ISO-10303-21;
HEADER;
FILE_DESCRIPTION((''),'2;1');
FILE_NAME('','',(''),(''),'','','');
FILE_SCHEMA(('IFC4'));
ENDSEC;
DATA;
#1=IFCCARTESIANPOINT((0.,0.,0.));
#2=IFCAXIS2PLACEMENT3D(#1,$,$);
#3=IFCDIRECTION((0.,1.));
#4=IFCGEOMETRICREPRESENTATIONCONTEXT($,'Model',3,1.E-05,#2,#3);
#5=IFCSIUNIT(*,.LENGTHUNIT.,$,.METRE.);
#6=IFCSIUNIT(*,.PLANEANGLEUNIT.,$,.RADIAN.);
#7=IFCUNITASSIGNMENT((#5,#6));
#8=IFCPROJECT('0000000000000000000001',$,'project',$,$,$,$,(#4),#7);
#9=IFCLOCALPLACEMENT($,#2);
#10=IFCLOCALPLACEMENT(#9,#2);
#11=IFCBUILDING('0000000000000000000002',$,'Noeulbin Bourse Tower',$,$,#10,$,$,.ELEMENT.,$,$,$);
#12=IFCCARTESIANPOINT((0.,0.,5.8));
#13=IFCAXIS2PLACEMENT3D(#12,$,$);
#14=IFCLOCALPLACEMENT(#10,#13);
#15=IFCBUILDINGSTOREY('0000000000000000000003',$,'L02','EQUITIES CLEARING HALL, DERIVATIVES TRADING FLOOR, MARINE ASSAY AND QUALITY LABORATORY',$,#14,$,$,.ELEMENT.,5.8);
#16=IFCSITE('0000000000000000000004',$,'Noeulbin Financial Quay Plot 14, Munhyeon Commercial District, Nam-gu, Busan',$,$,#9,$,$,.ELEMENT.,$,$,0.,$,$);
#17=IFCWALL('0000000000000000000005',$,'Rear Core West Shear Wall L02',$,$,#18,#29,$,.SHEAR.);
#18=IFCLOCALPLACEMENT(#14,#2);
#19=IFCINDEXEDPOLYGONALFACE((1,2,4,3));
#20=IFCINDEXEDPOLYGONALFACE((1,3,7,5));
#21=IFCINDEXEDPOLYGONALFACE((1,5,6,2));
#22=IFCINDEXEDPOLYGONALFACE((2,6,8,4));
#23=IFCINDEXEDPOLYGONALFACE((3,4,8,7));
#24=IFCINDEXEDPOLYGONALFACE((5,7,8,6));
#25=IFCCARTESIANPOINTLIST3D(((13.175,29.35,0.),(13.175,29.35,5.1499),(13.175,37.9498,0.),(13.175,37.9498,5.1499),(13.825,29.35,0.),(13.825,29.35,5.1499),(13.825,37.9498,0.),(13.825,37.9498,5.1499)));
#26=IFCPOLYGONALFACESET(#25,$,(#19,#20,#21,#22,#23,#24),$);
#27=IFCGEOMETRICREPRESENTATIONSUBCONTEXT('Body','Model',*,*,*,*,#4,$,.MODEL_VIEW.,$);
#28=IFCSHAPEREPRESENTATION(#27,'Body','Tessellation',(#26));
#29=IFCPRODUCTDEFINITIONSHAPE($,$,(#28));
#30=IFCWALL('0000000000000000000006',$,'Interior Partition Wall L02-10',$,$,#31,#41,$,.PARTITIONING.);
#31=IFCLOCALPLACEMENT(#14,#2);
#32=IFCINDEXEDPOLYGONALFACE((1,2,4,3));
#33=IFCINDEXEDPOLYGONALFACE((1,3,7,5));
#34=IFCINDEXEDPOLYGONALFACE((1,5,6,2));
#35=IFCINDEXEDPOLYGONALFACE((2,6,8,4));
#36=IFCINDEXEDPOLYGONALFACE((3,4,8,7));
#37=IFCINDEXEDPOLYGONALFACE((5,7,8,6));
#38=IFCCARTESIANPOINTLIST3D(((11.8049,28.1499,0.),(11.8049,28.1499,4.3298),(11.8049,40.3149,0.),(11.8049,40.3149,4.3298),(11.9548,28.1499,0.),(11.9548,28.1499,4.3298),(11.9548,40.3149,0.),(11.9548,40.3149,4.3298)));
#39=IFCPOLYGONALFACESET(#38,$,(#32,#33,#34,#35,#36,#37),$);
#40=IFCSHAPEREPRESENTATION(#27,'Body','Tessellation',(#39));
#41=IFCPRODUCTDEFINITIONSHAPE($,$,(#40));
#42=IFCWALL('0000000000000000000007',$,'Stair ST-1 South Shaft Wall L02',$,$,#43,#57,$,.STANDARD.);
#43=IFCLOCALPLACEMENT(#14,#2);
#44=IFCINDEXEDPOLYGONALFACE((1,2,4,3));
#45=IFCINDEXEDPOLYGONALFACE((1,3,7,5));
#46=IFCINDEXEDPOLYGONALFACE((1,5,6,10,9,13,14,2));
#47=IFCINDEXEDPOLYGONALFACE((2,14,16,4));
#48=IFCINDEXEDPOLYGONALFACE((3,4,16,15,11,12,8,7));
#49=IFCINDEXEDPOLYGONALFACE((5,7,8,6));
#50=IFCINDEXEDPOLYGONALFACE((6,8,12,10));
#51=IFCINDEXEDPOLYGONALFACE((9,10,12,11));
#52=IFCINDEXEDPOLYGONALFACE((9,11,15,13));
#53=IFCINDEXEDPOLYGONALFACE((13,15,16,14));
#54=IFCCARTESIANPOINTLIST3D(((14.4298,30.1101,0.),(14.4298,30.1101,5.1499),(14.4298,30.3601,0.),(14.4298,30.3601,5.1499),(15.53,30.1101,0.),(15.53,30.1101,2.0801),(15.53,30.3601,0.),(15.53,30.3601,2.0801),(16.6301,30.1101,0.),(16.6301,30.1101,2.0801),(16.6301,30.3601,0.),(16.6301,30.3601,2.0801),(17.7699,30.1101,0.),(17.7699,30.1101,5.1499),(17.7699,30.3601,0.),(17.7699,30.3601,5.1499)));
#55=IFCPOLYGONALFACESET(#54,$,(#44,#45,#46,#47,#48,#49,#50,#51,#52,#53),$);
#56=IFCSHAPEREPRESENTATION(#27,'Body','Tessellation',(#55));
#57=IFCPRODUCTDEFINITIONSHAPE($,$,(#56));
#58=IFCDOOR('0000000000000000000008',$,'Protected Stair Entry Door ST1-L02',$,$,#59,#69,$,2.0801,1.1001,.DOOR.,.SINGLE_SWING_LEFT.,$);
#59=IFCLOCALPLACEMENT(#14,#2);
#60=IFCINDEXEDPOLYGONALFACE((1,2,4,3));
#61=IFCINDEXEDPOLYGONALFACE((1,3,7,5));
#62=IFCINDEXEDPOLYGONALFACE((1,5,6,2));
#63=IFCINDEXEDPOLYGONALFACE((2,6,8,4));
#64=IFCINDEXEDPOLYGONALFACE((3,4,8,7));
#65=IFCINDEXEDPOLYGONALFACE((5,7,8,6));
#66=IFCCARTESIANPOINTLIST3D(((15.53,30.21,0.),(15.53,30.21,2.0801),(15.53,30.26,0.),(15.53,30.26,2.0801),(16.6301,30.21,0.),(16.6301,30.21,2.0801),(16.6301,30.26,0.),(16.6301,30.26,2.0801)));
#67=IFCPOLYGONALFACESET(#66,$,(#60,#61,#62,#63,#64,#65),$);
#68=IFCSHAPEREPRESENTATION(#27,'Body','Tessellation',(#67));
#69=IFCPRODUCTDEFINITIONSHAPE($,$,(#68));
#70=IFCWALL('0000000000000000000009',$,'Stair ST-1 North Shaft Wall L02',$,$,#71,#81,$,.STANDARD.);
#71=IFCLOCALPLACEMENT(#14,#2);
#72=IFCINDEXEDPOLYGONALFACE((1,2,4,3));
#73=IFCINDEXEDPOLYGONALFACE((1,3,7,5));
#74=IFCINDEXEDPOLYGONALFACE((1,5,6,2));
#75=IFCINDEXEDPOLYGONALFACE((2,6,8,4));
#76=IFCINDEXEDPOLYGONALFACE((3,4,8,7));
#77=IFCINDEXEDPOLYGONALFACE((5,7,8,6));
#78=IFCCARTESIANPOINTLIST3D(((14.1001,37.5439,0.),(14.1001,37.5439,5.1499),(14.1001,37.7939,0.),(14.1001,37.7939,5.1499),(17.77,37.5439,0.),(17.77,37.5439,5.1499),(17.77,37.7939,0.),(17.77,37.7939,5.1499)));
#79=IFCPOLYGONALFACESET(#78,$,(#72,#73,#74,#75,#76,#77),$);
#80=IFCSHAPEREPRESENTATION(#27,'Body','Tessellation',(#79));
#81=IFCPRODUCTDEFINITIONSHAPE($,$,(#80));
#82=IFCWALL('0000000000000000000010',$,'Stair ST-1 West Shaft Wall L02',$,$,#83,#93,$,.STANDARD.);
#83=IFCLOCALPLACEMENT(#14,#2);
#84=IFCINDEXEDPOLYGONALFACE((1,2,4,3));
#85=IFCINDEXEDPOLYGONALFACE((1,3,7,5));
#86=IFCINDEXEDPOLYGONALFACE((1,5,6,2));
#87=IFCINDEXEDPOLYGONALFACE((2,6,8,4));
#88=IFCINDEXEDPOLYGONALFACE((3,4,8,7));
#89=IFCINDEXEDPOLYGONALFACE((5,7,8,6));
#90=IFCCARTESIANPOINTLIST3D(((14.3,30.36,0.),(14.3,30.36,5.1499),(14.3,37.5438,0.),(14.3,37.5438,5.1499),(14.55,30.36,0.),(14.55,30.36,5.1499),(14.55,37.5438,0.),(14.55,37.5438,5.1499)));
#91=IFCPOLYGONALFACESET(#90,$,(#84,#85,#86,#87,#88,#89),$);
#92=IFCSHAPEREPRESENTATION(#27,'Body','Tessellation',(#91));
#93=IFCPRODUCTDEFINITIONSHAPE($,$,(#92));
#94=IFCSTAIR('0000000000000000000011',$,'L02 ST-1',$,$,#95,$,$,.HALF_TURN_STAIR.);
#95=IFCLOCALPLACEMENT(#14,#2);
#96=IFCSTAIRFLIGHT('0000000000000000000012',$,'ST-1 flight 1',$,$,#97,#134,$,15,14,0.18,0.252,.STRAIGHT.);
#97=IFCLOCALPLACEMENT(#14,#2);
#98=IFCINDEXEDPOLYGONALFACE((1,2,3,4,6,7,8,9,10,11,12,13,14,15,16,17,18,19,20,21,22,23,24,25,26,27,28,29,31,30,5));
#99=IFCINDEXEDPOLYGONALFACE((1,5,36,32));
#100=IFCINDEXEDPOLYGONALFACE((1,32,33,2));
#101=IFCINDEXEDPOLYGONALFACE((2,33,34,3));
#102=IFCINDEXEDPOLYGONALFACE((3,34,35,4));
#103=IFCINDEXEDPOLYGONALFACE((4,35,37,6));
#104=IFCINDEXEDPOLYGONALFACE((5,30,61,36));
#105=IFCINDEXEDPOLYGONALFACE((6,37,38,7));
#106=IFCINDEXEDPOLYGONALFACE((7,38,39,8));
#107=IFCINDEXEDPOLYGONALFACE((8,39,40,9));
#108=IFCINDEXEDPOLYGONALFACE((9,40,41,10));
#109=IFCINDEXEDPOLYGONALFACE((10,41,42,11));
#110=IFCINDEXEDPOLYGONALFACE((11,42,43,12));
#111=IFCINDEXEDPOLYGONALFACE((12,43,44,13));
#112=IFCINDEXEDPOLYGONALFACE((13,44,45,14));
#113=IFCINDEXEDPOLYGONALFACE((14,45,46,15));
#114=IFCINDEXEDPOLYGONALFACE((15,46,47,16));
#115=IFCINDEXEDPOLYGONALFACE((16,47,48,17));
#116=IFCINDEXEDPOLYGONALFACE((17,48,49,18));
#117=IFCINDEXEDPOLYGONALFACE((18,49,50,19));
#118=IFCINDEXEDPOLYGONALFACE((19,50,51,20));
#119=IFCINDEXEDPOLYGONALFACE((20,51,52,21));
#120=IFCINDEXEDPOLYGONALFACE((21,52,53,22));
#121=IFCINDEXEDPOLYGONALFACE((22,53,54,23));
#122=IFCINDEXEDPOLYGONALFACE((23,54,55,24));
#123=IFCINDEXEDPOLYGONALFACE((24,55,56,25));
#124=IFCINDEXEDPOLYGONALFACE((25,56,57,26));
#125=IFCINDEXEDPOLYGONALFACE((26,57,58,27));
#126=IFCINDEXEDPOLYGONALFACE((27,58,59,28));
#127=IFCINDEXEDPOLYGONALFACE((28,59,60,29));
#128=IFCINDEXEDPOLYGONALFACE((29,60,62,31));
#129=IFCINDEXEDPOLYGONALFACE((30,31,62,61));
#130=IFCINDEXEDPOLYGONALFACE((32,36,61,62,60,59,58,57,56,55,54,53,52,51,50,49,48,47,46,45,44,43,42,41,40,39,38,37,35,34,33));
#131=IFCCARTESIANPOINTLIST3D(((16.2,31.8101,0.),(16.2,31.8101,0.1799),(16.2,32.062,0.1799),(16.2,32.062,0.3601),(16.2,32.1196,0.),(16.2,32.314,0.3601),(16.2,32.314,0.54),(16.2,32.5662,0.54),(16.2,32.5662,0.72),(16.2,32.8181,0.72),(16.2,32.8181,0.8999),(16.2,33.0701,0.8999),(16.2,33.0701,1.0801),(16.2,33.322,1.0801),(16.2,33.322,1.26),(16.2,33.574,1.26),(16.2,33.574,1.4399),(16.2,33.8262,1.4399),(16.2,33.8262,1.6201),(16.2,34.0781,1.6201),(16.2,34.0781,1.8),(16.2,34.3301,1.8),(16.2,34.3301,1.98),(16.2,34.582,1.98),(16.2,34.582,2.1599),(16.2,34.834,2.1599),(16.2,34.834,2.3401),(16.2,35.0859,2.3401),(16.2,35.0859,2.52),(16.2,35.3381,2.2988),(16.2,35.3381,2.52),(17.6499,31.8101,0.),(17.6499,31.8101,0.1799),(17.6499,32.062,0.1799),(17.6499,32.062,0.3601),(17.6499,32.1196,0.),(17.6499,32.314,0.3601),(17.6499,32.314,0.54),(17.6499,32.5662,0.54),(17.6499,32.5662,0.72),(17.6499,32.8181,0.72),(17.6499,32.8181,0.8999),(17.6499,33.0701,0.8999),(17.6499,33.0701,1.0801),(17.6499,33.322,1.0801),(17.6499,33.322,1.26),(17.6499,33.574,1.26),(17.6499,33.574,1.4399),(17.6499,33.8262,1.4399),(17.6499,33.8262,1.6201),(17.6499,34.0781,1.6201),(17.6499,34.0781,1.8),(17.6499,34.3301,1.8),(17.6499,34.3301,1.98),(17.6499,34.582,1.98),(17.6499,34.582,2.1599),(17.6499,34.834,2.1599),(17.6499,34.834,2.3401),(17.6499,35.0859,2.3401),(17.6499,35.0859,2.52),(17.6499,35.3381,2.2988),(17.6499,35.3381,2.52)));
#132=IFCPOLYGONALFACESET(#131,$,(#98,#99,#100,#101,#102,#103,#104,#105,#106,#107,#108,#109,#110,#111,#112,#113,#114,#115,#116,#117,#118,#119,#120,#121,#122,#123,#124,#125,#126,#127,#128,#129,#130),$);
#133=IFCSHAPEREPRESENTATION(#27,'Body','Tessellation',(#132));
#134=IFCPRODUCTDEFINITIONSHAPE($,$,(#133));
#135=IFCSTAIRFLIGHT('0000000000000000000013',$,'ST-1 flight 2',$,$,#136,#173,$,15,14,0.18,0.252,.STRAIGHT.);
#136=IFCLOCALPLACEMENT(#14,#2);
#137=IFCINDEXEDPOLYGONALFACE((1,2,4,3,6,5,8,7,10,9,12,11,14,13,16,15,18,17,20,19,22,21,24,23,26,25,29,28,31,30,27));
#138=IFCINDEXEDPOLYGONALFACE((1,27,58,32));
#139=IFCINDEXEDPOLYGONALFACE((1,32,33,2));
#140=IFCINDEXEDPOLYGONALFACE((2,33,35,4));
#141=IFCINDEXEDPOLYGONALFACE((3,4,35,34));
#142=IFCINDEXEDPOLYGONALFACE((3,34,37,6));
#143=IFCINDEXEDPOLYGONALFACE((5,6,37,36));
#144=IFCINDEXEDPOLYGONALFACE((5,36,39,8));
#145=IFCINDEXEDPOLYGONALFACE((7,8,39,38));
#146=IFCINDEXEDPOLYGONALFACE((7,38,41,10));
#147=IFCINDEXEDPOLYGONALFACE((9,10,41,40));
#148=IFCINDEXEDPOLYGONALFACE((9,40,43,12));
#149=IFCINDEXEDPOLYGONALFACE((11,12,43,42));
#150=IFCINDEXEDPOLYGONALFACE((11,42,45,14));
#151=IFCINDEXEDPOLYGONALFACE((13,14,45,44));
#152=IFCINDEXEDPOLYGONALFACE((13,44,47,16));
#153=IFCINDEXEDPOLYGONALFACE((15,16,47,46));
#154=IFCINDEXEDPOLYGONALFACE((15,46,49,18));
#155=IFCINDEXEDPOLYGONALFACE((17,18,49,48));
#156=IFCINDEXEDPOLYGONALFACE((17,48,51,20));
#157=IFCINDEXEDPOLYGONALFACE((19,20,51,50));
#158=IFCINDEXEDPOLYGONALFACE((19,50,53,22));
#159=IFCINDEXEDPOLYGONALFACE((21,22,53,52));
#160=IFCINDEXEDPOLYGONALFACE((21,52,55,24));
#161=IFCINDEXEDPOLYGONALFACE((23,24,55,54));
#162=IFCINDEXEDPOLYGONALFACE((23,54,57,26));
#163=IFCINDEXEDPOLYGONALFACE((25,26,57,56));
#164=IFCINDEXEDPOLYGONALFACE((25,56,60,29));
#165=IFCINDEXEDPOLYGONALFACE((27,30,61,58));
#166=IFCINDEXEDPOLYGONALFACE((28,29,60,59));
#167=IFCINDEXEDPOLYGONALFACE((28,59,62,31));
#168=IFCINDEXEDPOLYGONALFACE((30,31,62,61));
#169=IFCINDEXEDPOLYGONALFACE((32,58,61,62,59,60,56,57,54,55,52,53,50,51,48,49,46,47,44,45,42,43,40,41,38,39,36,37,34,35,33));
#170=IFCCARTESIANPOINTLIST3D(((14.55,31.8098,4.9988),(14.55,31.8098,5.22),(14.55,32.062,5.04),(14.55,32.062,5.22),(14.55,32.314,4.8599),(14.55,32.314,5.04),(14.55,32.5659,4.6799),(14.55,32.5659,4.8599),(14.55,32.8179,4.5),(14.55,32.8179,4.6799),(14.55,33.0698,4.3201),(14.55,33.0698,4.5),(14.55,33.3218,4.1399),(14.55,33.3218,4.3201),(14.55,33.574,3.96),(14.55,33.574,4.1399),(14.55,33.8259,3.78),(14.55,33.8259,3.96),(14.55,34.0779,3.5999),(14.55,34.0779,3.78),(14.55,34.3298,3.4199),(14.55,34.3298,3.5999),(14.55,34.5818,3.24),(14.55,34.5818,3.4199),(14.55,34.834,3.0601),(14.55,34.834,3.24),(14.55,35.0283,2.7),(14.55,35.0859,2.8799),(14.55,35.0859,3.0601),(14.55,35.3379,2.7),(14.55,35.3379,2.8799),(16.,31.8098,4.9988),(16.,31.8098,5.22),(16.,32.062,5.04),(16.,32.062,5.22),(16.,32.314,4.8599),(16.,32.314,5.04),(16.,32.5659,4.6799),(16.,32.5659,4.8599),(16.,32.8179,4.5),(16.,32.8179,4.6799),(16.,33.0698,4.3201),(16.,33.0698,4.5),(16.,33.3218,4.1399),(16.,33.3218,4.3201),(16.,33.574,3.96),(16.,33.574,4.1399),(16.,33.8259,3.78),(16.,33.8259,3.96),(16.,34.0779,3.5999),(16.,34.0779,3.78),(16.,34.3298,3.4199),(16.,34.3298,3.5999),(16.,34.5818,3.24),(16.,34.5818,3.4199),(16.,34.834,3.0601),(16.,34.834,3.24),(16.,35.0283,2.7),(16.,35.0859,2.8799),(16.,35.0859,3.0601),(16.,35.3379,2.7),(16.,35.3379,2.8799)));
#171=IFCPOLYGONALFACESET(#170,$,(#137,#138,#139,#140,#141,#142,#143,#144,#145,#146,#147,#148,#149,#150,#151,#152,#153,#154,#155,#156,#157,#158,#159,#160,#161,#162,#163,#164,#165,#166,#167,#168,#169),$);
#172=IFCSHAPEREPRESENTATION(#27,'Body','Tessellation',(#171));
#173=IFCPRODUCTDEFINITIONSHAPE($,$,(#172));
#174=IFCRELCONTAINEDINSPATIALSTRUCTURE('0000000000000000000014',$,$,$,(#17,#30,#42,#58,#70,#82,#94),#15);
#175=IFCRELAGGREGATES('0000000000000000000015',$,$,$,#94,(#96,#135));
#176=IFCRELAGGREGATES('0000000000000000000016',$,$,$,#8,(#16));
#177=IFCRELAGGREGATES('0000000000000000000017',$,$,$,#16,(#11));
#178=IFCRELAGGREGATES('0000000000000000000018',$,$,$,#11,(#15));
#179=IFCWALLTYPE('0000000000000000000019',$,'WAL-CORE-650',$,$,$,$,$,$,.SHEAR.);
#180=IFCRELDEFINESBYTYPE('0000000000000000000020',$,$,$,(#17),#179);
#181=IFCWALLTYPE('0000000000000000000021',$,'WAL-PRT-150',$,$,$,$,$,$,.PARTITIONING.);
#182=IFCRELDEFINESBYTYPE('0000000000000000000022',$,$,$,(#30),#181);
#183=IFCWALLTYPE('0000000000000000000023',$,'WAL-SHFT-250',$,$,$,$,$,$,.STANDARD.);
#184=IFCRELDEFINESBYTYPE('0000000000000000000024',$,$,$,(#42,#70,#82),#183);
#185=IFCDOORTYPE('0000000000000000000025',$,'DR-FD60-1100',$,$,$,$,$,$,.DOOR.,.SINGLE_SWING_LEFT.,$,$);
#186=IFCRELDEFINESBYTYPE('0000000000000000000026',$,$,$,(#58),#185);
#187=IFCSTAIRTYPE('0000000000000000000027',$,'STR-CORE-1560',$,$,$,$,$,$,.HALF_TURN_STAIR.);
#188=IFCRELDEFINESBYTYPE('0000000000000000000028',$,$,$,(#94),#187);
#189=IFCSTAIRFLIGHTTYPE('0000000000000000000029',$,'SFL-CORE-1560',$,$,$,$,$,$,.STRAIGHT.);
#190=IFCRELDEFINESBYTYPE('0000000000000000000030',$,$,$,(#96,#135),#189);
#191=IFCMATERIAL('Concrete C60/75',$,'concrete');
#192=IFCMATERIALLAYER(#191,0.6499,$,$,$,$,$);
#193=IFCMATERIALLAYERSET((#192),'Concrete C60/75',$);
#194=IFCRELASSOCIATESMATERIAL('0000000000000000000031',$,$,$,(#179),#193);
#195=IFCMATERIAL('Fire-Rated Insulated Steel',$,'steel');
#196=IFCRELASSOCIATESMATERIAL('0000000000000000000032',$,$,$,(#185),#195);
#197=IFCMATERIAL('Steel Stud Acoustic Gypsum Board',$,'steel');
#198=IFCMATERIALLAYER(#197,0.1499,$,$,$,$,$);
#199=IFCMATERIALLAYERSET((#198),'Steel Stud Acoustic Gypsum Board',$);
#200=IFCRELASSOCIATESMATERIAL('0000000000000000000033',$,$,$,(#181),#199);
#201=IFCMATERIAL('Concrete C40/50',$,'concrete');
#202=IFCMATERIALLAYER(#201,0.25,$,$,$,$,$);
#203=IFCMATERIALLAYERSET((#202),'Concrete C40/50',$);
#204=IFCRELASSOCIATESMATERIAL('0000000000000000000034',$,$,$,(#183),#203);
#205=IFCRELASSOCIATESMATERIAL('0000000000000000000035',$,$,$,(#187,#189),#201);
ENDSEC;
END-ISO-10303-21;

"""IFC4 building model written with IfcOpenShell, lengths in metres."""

from ifc_helpers import new_model, si_unit, direction, frame, frame_2d, origin, place, context, subcontext, project, spatial, polyline, rectangle, outline, extrude, material, layer, layer_set, type_object, element, fill, aggregate, save


model = new_model("IFC4")

# Units and contexts
model_context = context("Model", 3, precision=1e-05, world=origin(), true_north=direction((0.0, 1.0)))
body_context = subcontext(model_context, "Body", "Model", "MODEL_VIEW")
ifc_project = project(units=[si_unit("LENGTHUNIT", "METRE"), si_unit("PLANEANGLEUNIT", "RADIAN")], contexts=[model_context])

# Site, building, storey
site_placement = place(None, origin())
site = spatial("IfcSite", under=ifc_project, at=site_placement, Name="Noeulbin Financial Quay Plot 14, Munhyeon Commercial District, Nam-gu, Busan", CompositionType="ELEMENT", RefElevation=0.0)
building_placement = place(site_placement, origin())
building = spatial("IfcBuilding", under=site, at=building_placement, Name="Noeulbin Bourse Tower", CompositionType="ELEMENT")
storey_placement = place(building_placement, frame((0.0, 0.0, 5.8)))
storey = spatial("IfcBuildingStorey", under=building, at=storey_placement, Name="L02", Description="EQUITIES CLEARING HALL, DERIVATIVES TRADING FLOOR, MARINE ASSAY AND QUALITY LABORATORY", CompositionType="ELEMENT", Elevation=5.8)

# Shared definitions
ifc_material_1 = material(Name="Concrete C60/75", Category="concrete")
ifc_layer_1 = layer(ifc_material_1, 0.6499)
ifc_layer_set_1 = layer_set([ifc_layer_1], Name="Concrete C60/75")
wall_type_1 = type_object("IfcWallType", Name="WAL-CORE-650", PredefinedType="SHEAR", material=ifc_layer_set_1)
ifc_material_2 = material(Name="Fire-Rated Insulated Steel", Category="steel")
door_type_1 = type_object("IfcDoorType", Name="DR-FD60-1100", OperationType="SINGLE_SWING_LEFT", PredefinedType="DOOR", material=ifc_material_2)

# Walls
wall_1_placement = place(storey_placement, frame((13.5, 29.3501, 0.0), z_axis=(0.0, 0.0, 1.0), x_axis=(0.0, 1.0, 0.0)))
element("IfcWall", 1, at=wall_1_placement, inside=storey, type_object=wall_type_1, Name="Rear Core West Shear Wall L02", PredefinedType="SHEAR", context=body_context, shape_type="SweptSolid", body=[
    extrude(rectangle(XDim=8.5999, YDim=0.6499, at=frame_2d((4.2998, 0.0))), origin(), (0.0, 0.0, 1.0), 5.1499),
])
ifc_material_3 = material(Name="Steel Stud Acoustic Gypsum Board", Category="steel")
ifc_layer_2 = layer(ifc_material_3, 0.1499)
ifc_layer_set_2 = layer_set([ifc_layer_2], Name="Steel Stud Acoustic Gypsum Board")
wall_type_2 = type_object("IfcWallType", Name="WAL-PRT-150", PredefinedType="PARTITIONING", material=ifc_layer_set_2)
wall_2_placement = place(storey_placement, frame((11.8799, 28.1499, 0.0), z_axis=(0.0, 0.0, 1.0), x_axis=(0.0, 1.0, 0.0)))
element("IfcWall", 2, at=wall_2_placement, inside=storey, type_object=wall_type_2, Name="Interior Partition Wall L02-10", PredefinedType="PARTITIONING", context=body_context, shape_type="SweptSolid", body=[
    extrude(rectangle(XDim=12.165, YDim=0.1499, at=frame_2d((6.0825, 0.0))), origin(), (0.0, 0.0, 1.0), 4.3298),
])

# Wall, opening, door
ifc_material_4 = material(Name="Concrete C40/50", Category="concrete")
ifc_layer_3 = layer(ifc_material_4, 0.25)
ifc_layer_set_3 = layer_set([ifc_layer_3], Name="Concrete C40/50")
wall_type_3 = type_object("IfcWallType", Name="WAL-SHFT-250", PredefinedType="STANDARD", material=ifc_layer_set_3)
wall_3_placement = place(storey_placement, frame((14.4299, 30.2351, 0.0), z_axis=(0.0, 0.0, 1.0), x_axis=(1.0, 0.0, 0.0)))
wall_3 = element("IfcWall", 3, at=wall_3_placement, inside=storey, type_object=wall_type_3, Name="Stair ST-1 South Shaft Wall L02", PredefinedType="STANDARD", context=body_context, shape_type="SweptSolid", body=[
    extrude(rectangle(XDim=3.3401, YDim=0.25, at=frame_2d((1.6699, 0.0))), origin(), (0.0, 0.0, 1.0), 5.1499),
])
opening_1_placement = place(wall_3_placement, frame((1.1001, 0.0, 0.0)))
opening_1 = element("IfcOpeningElement", 4, at=opening_1_placement, cuts=wall_3, PredefinedType="OPENING", context=body_context, shape_type="SweptSolid", body=[
    extrude(rectangle(XDim=1.1001, YDim=2.0801, at=frame_2d((0.55, 1.04))), frame((0.0, 0.135, 0.0), z_axis=(0.0, -1.0, 0.0), x_axis=(1.0, 0.0, 0.0)), (0.0, 0.0, 1.0), 0.27),
])
door_1_placement = place(opening_1_placement, origin())
door_1 = element("IfcDoor", 5, at=door_1_placement, inside=storey, type_object=door_type_1, Name="Protected Stair Entry Door ST1-L02", OperationType="SINGLE_SWING_LEFT", OverallHeight=2.0801, OverallWidth=1.1001, PredefinedType="DOOR", context=body_context, shape_type="SweptSolid", body=[
    extrude(rectangle(XDim=1.1001, YDim=2.0801, at=frame_2d((0.55, 1.04))), frame((0.0, 0.0249, 0.0), z_axis=(0.0, -1.0, 0.0), x_axis=(1.0, 0.0, 0.0)), (0.0, 0.0, 1.0), 0.05),
])
fill(opening_1, door_1)

# Walls
wall_4_placement = place(storey_placement, frame((14.1001, 37.6689, 0.0), z_axis=(0.0, 0.0, 1.0), x_axis=(1.0, 0.0, 0.0)))
element("IfcWall", 6, at=wall_4_placement, inside=storey, type_object=wall_type_3, Name="Stair ST-1 North Shaft Wall L02", PredefinedType="STANDARD", context=body_context, shape_type="SweptSolid", body=[
    extrude(rectangle(XDim=3.6699, YDim=0.25, at=frame_2d((1.835, 0.0))), origin(), (0.0, 0.0, 1.0), 5.1499),
])
wall_5_placement = place(storey_placement, frame((14.425, 30.3601, 0.0), z_axis=(0.0, 0.0, 1.0), x_axis=(0.0, 1.0, 0.0)))
element("IfcWall", 7, at=wall_5_placement, inside=storey, type_object=wall_type_3, Name="Stair ST-1 West Shaft Wall L02", PredefinedType="STANDARD", context=body_context, shape_type="SweptSolid", body=[
    extrude(rectangle(XDim=7.1838, YDim=0.25, at=frame_2d((3.5918, 0.0))), origin(), (0.0, 0.0, 1.0), 5.1499),
])

# Stair, stair flights
stair_type = type_object("IfcStairType", Name="STR-CORE-1560", PredefinedType="HALF_TURN_STAIR", material=ifc_material_4)
stair_placement = place(storey_placement, origin())
stair = element("IfcStair", 8, at=stair_placement, inside=storey, type_object=stair_type, Name="L02 ST-1", PredefinedType="HALF_TURN_STAIR")
stair_flight_type = type_object("IfcStairFlightType", Name="SFL-CORE-1560", PredefinedType="STRAIGHT", material=ifc_material_4)
stair_flight_1_placement = place(storey_placement, frame((16.925, 31.8101, 0.0), z_axis=(0.0, 0.0, 1.0), x_axis=(0.0, 1.0, 0.0)))
stair_flight_1 = element("IfcStairFlight", 9, at=stair_flight_1_placement, type_object=stair_flight_type, Name="ST-1 flight 1", NumberOfRisers=15, NumberOfTreads=14, PredefinedType="STRAIGHT", RiserHeight=0.18, TreadLength=0.252, context=body_context, shape_type="SweptSolid", body=[
    extrude(outline(polyline([(0.0, 0.0), (0.0, 0.1799), (0.252, 0.1799), (0.252, 0.3601), (0.5039, 0.3601), (0.5039, 0.54), (0.7561, 0.54), (0.7561, 0.72), (1.0081, 0.72), (1.0081, 0.8999), (1.26, 0.8999), (1.26, 1.0801), (1.512, 1.0801), (1.512, 1.26), (1.7639, 1.26), (1.7639, 1.4399), (2.0161, 1.4399), (2.0161, 1.6201), (2.2681, 1.6201), (2.2681, 1.8), (2.52, 1.8), (2.52, 1.98), (2.772, 1.98), (2.772, 2.1599), (3.0239, 2.1599), (3.0239, 2.3401), (3.2759, 2.3401), (3.2759, 2.52), (3.5281, 2.52), (3.5281, 2.7), (3.5281, 2.2988), (0.3096, 0.0), (0.0, 0.0)])), frame((0.0, 0.7251, 0.0), z_axis=(0.0, -1.0, 0.0), x_axis=(1.0, 0.0, 0.0)), (0.0, 0.0, 1.0), 1.45),
])
stair_flight_2_placement = place(storey_placement, frame((15.2749, 35.3379, 2.7), z_axis=(0.0, 0.0, 1.0), x_axis=(0.0, -1.0, 0.0)))
stair_flight_2 = element("IfcStairFlight", 10, at=stair_flight_2_placement, type_object=stair_flight_type, Name="ST-1 flight 2", NumberOfRisers=15, NumberOfTreads=14, PredefinedType="STRAIGHT", RiserHeight=0.18, TreadLength=0.252, context=body_context, shape_type="SweptSolid", body=[
    extrude(outline(polyline([(0.0, 0.0), (0.0, 0.1799), (0.252, 0.1799), (0.252, 0.3601), (0.5039, 0.3601), (0.5039, 0.54), (0.7561, 0.54), (0.7561, 0.72), (1.0081, 0.72), (1.0081, 0.8999), (1.26, 0.8999), (1.26, 1.0801), (1.512, 1.0801), (1.512, 1.26), (1.7639, 1.26), (1.7639, 1.4399), (2.0161, 1.4399), (2.0161, 1.6201), (2.2681, 1.6201), (2.2681, 1.8), (2.52, 1.8), (2.52, 1.98), (2.772, 1.98), (2.772, 2.1599), (3.0239, 2.1599), (3.0239, 2.3401), (3.2759, 2.3401), (3.2759, 2.52), (3.5281, 2.52), (3.5281, 2.7), (3.5281, 2.2988), (0.3096, 0.0), (0.0, 0.0)])), frame((0.0, 0.7251, 0.0), z_axis=(0.0, -1.0, 0.0), x_axis=(1.0, 0.0, 0.0)), (0.0, 0.0, 1.0), 1.45),
])
aggregate(stair, [stair_flight_1, stair_flight_2])

save(model, "model.ifc")
